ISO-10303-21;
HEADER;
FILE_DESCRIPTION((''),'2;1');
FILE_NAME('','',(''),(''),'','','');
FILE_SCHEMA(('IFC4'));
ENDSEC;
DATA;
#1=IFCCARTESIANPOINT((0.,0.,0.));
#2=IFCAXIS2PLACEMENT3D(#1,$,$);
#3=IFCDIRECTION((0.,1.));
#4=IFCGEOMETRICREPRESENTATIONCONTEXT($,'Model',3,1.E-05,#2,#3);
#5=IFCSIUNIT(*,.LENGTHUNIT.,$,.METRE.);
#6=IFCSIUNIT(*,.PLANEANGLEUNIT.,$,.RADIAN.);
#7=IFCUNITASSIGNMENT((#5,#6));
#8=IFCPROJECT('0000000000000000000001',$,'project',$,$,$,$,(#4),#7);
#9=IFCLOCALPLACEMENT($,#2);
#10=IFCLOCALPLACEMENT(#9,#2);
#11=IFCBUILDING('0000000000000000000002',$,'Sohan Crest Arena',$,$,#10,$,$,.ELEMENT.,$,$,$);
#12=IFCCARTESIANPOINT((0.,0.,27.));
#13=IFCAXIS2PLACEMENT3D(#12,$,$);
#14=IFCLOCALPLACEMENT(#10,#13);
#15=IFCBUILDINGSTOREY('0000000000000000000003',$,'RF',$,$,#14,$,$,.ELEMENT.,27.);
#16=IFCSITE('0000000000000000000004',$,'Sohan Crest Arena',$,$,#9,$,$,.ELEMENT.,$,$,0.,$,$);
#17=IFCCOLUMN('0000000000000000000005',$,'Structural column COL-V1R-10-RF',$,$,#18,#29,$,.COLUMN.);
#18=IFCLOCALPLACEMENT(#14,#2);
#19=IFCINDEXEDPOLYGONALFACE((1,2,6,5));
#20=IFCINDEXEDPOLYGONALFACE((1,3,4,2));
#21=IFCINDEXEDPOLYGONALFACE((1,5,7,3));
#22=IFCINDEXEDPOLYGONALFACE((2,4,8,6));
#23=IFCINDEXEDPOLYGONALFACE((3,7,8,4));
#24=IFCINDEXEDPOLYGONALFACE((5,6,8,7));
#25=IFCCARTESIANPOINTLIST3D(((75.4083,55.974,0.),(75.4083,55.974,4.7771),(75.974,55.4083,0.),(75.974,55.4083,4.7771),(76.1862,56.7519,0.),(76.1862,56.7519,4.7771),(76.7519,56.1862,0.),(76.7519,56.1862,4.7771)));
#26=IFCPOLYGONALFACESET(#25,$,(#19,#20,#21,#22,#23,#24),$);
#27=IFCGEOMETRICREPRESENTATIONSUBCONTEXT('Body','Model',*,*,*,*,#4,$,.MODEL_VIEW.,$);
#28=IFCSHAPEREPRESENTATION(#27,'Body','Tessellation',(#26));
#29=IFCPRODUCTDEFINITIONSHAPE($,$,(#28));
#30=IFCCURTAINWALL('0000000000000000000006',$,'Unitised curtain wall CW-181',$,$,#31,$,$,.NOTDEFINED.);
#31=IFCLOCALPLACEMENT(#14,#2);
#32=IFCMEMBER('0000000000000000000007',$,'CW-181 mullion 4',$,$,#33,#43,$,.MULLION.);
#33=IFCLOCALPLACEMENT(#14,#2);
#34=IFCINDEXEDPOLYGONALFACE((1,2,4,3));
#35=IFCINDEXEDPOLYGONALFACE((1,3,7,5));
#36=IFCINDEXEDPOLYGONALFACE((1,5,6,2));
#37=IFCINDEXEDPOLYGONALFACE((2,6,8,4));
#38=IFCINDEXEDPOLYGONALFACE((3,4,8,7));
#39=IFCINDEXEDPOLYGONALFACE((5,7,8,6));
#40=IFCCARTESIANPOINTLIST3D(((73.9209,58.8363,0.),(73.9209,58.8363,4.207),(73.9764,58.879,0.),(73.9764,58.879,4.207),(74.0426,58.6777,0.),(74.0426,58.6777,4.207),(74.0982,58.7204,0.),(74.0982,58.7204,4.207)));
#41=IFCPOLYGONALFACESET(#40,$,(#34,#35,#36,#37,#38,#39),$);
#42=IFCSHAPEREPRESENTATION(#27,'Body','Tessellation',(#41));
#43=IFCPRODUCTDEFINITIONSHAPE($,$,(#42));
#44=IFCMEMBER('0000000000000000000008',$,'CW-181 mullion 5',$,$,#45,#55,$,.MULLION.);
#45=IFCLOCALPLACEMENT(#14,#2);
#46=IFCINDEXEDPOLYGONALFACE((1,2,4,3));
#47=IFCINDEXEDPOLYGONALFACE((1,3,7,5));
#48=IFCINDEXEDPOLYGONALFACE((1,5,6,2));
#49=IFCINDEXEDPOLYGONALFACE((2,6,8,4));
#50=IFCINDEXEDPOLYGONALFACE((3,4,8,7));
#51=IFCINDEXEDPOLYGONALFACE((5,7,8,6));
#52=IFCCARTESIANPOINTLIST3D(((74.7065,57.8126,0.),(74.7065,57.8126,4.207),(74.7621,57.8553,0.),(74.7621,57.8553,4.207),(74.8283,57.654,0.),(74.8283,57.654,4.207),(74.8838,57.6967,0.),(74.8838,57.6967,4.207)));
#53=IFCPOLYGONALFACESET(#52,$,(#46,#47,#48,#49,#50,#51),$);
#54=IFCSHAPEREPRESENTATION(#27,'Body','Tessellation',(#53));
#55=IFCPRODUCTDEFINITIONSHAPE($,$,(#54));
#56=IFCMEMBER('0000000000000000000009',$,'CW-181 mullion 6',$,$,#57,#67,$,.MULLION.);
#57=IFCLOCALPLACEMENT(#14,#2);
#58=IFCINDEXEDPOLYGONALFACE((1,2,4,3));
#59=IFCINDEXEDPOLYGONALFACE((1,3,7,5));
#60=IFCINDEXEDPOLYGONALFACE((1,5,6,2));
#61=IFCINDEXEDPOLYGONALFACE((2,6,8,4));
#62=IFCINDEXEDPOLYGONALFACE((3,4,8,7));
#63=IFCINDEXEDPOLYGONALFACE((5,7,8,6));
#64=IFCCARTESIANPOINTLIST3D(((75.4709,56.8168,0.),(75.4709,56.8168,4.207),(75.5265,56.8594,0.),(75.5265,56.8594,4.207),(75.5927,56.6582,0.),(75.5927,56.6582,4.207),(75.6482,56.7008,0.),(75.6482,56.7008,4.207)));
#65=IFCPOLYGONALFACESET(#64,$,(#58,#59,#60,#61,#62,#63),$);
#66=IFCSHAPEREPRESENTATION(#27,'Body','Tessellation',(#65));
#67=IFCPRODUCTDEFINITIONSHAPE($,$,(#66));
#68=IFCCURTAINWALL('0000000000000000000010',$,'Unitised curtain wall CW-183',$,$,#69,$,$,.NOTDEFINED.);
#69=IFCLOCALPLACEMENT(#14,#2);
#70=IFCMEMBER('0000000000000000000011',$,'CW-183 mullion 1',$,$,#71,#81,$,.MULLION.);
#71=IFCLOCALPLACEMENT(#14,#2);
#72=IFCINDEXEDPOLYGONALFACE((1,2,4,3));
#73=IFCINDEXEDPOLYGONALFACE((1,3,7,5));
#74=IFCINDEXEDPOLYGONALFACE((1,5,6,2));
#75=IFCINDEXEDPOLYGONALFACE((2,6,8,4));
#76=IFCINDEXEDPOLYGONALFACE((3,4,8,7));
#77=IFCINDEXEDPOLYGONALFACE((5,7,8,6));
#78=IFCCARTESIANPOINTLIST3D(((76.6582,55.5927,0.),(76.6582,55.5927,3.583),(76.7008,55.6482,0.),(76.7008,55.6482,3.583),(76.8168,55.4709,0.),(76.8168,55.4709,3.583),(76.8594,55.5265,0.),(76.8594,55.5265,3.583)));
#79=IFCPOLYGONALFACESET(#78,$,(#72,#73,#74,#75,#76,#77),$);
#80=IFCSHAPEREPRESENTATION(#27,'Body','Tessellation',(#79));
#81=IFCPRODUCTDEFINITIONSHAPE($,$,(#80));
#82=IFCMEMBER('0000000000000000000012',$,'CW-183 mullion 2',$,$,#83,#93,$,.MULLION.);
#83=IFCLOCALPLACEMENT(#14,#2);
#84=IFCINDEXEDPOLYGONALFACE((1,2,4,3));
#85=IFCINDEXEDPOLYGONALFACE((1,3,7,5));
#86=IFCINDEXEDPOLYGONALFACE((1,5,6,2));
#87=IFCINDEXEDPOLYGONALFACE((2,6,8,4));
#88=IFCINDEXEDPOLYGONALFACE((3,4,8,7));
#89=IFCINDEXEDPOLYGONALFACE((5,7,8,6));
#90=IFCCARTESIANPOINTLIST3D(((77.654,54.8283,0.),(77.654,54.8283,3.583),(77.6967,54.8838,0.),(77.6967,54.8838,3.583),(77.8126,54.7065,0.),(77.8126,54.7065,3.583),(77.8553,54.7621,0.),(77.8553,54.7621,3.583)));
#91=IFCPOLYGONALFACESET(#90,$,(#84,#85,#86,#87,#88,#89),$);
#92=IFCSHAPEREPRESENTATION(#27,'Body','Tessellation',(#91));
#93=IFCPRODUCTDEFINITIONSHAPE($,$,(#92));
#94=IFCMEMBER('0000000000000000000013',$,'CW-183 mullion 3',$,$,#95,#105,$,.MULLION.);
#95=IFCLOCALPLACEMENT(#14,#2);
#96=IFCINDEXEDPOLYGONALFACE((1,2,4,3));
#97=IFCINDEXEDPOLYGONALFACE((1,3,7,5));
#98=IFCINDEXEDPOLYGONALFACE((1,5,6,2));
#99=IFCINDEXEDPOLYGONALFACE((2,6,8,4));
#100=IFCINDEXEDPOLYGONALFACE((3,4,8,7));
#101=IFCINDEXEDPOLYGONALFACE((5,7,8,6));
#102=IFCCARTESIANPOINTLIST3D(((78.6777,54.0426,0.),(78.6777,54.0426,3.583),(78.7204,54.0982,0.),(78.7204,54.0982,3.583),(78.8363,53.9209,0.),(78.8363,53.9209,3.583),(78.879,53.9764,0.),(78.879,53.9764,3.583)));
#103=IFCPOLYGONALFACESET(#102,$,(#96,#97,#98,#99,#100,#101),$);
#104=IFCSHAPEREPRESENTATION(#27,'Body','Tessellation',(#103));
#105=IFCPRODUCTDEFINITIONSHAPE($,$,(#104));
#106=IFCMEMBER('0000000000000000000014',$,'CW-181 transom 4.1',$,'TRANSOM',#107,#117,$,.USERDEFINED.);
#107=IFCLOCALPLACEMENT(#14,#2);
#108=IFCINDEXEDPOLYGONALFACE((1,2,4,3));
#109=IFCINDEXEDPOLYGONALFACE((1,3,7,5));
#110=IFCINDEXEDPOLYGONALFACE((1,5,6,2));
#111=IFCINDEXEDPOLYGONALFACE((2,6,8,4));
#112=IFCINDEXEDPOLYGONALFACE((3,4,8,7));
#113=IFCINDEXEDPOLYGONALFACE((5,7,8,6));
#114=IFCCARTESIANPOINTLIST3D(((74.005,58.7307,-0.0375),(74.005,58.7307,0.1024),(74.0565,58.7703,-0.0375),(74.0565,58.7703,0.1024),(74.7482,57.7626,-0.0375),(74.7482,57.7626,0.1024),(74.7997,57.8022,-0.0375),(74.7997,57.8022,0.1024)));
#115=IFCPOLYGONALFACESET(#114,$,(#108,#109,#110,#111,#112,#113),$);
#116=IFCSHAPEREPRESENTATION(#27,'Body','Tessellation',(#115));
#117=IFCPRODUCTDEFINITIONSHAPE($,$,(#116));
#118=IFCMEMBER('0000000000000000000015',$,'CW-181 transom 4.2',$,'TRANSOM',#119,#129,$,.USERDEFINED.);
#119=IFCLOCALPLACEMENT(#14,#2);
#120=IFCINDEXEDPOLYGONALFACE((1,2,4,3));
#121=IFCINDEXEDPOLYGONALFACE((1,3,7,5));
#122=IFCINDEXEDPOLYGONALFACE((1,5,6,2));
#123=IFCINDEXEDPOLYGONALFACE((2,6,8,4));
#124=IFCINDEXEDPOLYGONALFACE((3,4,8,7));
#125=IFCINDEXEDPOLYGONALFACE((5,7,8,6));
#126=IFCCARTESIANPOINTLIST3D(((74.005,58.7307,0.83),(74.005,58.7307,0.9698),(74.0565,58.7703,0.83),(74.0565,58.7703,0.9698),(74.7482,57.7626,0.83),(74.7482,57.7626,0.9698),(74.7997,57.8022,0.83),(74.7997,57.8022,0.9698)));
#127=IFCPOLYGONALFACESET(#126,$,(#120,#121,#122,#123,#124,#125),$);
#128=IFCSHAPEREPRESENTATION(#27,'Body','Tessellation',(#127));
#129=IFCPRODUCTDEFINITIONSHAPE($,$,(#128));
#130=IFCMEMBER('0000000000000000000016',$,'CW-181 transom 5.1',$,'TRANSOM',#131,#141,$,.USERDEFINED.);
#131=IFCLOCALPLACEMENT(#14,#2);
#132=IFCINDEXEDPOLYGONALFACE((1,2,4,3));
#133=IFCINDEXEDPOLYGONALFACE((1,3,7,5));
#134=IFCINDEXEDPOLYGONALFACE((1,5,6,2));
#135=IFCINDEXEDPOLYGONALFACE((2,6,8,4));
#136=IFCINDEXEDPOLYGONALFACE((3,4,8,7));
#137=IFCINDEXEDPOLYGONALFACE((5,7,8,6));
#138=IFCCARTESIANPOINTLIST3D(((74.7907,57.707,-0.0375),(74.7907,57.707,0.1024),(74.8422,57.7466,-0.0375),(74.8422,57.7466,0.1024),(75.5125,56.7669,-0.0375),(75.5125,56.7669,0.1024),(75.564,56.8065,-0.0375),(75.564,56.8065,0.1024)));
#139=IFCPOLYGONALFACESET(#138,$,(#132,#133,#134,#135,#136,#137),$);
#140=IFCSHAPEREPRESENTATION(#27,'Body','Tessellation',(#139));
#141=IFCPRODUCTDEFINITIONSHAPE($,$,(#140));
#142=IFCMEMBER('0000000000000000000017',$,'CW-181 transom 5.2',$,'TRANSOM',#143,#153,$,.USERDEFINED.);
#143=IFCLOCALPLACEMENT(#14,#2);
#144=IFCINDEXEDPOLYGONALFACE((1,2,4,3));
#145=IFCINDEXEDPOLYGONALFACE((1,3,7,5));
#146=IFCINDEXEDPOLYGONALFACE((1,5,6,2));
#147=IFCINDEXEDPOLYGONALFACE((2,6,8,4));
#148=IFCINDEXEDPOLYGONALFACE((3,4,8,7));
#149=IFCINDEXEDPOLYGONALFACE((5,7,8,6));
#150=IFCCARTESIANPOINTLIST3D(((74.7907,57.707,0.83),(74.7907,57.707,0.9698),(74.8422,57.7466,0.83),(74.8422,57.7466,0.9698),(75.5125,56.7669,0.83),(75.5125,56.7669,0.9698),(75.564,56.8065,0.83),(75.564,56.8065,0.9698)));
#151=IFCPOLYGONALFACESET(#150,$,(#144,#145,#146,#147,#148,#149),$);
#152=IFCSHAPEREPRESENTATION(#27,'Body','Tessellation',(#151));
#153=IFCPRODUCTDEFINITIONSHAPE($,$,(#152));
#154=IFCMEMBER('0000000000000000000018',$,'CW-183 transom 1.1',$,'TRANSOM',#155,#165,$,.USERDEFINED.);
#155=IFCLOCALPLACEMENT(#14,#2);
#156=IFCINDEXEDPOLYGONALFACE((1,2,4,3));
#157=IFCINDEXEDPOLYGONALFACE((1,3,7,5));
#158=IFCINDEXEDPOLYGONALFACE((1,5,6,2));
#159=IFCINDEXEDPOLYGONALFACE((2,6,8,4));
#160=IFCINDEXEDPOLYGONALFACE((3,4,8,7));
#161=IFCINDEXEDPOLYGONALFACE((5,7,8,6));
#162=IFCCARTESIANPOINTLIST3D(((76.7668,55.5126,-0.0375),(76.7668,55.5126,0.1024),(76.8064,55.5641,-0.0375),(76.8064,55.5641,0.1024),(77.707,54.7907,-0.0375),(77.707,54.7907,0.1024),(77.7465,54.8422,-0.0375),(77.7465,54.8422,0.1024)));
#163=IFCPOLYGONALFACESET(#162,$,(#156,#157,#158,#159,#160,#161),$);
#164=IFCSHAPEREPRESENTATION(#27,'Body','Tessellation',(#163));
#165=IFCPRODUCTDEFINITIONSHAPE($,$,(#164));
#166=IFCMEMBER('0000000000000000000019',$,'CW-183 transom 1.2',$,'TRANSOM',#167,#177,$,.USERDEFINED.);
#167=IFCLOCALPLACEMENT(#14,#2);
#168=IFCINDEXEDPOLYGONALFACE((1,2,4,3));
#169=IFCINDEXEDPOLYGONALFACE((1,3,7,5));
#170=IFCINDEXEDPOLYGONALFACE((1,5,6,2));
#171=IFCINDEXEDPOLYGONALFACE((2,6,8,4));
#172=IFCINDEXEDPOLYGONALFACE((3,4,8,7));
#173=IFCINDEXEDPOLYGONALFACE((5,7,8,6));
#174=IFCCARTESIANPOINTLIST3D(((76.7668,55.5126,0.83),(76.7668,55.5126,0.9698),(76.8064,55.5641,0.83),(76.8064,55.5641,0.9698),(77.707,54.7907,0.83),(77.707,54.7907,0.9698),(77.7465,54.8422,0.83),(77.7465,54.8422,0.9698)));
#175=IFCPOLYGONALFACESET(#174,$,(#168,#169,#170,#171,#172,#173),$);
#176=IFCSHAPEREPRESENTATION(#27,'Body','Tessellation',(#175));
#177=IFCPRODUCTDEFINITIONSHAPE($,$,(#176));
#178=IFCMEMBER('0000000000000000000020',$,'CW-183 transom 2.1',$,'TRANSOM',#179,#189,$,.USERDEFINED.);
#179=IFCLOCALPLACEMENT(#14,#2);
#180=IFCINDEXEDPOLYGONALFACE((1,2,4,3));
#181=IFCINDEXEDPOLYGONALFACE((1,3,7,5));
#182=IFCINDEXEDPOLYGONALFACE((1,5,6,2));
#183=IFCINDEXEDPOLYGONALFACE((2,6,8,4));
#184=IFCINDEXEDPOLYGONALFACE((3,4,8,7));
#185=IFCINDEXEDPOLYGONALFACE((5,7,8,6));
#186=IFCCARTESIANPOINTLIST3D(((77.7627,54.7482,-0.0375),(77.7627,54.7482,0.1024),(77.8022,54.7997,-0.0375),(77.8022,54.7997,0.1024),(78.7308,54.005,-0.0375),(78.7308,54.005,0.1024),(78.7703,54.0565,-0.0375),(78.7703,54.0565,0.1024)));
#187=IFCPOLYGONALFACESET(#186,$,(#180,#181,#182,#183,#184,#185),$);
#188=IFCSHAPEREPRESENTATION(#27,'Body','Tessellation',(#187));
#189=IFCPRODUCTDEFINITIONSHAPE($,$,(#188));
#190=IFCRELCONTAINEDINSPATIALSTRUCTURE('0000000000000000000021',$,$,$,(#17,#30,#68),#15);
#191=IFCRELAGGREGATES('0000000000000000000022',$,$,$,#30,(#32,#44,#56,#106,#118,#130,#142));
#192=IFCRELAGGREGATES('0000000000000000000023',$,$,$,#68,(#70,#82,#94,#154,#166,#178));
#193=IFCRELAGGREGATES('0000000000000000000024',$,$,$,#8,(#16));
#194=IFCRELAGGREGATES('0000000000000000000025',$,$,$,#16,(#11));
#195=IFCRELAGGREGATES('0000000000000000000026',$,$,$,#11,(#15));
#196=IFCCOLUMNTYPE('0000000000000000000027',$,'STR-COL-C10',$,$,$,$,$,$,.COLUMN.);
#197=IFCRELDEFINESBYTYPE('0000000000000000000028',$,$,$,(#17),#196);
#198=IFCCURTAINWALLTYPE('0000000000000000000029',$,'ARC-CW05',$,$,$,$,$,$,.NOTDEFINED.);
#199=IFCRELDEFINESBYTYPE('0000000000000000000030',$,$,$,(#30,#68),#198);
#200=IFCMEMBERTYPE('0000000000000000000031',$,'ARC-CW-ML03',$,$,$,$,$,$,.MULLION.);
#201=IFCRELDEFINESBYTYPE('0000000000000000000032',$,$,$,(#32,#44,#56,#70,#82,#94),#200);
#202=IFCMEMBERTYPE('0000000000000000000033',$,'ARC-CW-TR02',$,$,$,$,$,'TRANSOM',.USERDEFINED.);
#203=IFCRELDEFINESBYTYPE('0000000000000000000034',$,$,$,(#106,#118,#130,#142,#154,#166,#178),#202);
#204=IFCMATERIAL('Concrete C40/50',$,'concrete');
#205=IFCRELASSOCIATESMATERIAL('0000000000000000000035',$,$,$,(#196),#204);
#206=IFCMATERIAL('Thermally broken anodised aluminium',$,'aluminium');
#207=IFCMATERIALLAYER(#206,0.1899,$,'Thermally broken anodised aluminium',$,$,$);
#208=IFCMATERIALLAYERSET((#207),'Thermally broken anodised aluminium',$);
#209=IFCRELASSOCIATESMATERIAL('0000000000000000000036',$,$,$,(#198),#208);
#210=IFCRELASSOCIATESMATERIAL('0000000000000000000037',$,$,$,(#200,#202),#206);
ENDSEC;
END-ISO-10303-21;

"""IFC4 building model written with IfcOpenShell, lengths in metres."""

from ifc_helpers import new_model, si_unit, direction, frame, origin, origin_2d, place, context, subcontext, project, spatial, rectangle, extrude, material, layer, layer_set, material_profile, profile_set, type_object, element, aggregate, save


model = new_model("IFC4")

# Units and contexts
model_context = context("Model", 3, precision=1e-05, world=origin(), true_north=direction((0.0, 1.0)))
body_context = subcontext(model_context, "Body", "Model", "MODEL_VIEW")
ifc_project = project(units=[si_unit("LENGTHUNIT", "METRE"), si_unit("PLANEANGLEUNIT", "RADIAN")], contexts=[model_context])

# Site, building, storey
site_placement = place(None, origin())
site = spatial("IfcSite", under=ifc_project, at=site_placement, Name="Sohan Crest Arena", CompositionType="ELEMENT", RefElevation=0.0)
building_placement = place(site_placement, origin())
building = spatial("IfcBuilding", under=site, at=building_placement, Name="Sohan Crest Arena", CompositionType="ELEMENT")
storey_placement = place(building_placement, frame((0.0, 0.0, 27.0)))
storey = spatial("IfcBuildingStorey", under=building, at=storey_placement, Name="RF", CompositionType="ELEMENT", Elevation=27.0)

# Column
ifc_material_1 = material(Name="Concrete C40/50", Category="concrete")
ifc_material_profile_1 = material_profile(ifc_material_1, rectangle(XDim=1.1001, YDim=0.8, at=origin_2d()), Name="RC 1100x800")
ifc_profile_set_1 = profile_set([ifc_material_profile_1], Name="Concrete C40/50")
column_type = type_object("IfcColumnType", Name="STR-COL-C10", PredefinedType="COLUMN", material=ifc_profile_set_1)
column_placement = place(storey_placement, frame((76.0801, 56.0801, 0.0), z_axis=(0.0, 0.0, 1.0), x_axis=(0.707107, 0.707107, 0.0)))
element("IfcColumn", 1, at=column_placement, inside=storey, type_object=column_type, Name="Structural column COL-V1R-10-RF", PredefinedType="COLUMN", context=body_context, shape_type="SweptSolid", body=[
    extrude(rectangle(XDim=1.1001, YDim=0.8, at=origin_2d()), origin(), (0.0, 0.0, 1.0), 4.7771),
])

# Curtain walls, members
ifc_material_2 = material(Name="Thermally broken anodised aluminium", Category="aluminium")
ifc_layer_1 = layer(ifc_material_2, 0.1899, Name="Thermally broken anodised aluminium")
ifc_layer_set_1 = layer_set([ifc_layer_1], Name="Thermally broken anodised aluminium")
curtain_wall_type = type_object("IfcCurtainWallType", Name="ARC-CW05", PredefinedType="NOTDEFINED", material=ifc_layer_set_1)
curtain_wall_1_placement = place(storey_placement, origin())
curtain_wall_1 = element("IfcCurtainWall", 2, at=curtain_wall_1_placement, inside=storey, type_object=curtain_wall_type, Name="Unitised curtain wall CW-181", PredefinedType="NOTDEFINED")
ifc_material_profile_2 = material_profile(ifc_material_2, rectangle(XDim=0.0701, YDim=0.2, at=origin_2d()), Name="ALU-MULL 70x200")
ifc_profile_set_2 = profile_set([ifc_material_profile_2], Name="Thermally broken anodised aluminium")
member_type_1 = type_object("IfcMemberType", Name="ARC-CW-ML03", PredefinedType="MULLION", material=ifc_profile_set_2)
member_1_placement = place(storey_placement, frame((74.0095, 58.7783, 0.0), z_axis=(0.0, 0.0, 1.0), x_axis=(0.793217, 0.608939, 0.0)))
member_1 = element("IfcMember", 3, at=member_1_placement, type_object=member_type_1, Name="CW-181 mullion 4", PredefinedType="MULLION", context=body_context, shape_type="SweptSolid", body=[
    extrude(rectangle(XDim=0.0701, YDim=0.2, at=origin_2d()), origin(), (0.0, 0.0, 1.0), 4.207),
])
member_2_placement = place(storey_placement, frame((74.7952, 57.7546, 0.0), z_axis=(0.0, 0.0, 1.0), x_axis=(0.793217, 0.608939, 0.0)))
member_2 = element("IfcMember", 4, at=member_2_placement, type_object=member_type_1, Name="CW-181 mullion 5", PredefinedType="MULLION", context=body_context, shape_type="SweptSolid", body=[
    extrude(rectangle(XDim=0.0701, YDim=0.2, at=origin_2d()), origin(), (0.0, 0.0, 1.0), 4.207),
])
member_3_placement = place(storey_placement, frame((75.5596, 56.7588, 0.0), z_axis=(0.0, 0.0, 1.0), x_axis=(0.793217, 0.608939, 0.0)))
member_3 = element("IfcMember", 5, at=member_3_placement, type_object=member_type_1, Name="CW-181 mullion 6", PredefinedType="MULLION", context=body_context, shape_type="SweptSolid", body=[
    extrude(rectangle(XDim=0.0701, YDim=0.2, at=origin_2d()), origin(), (0.0, 0.0, 1.0), 4.207),
])
curtain_wall_2_placement = place(storey_placement, origin())
curtain_wall_2 = element("IfcCurtainWall", 6, at=curtain_wall_2_placement, inside=storey, type_object=curtain_wall_type, Name="Unitised curtain wall CW-183", PredefinedType="NOTDEFINED")
member_4_placement = place(storey_placement, frame((76.7588, 55.5596, 0.0), z_axis=(0.0, 0.0, 1.0), x_axis=(0.608939, 0.793217, 0.0)))
member_4 = element("IfcMember", 7, at=member_4_placement, type_object=member_type_1, Name="CW-183 mullion 1", PredefinedType="MULLION", context=body_context, shape_type="SweptSolid", body=[
    extrude(rectangle(XDim=0.0701, YDim=0.2, at=origin_2d()), origin(), (0.0, 0.0, 1.0), 3.583),
])
member_5_placement = place(storey_placement, frame((77.7546, 54.7952, 0.0), z_axis=(0.0, 0.0, 1.0), x_axis=(0.608939, 0.793217, 0.0)))
member_5 = element("IfcMember", 8, at=member_5_placement, type_object=member_type_1, Name="CW-183 mullion 2", PredefinedType="MULLION", context=body_context, shape_type="SweptSolid", body=[
    extrude(rectangle(XDim=0.0701, YDim=0.2, at=origin_2d()), origin(), (0.0, 0.0, 1.0), 3.583),
])
member_6_placement = place(storey_placement, frame((78.7783, 54.0095, 0.0), z_axis=(0.0, 0.0, 1.0), x_axis=(0.608939, 0.793217, 0.0)))
member_6 = element("IfcMember", 9, at=member_6_placement, type_object=member_type_1, Name="CW-183 mullion 3", PredefinedType="MULLION", context=body_context, shape_type="SweptSolid", body=[
    extrude(rectangle(XDim=0.0701, YDim=0.2, at=origin_2d()), origin(), (0.0, 0.0, 1.0), 3.583),
])

# Members
ifc_material_profile_3 = material_profile(ifc_material_2, rectangle(XDim=0.0649, YDim=0.1399, at=origin_2d()), Name="ALU-TRAN 65x140")
ifc_profile_set_3 = profile_set([ifc_material_profile_3], Name="Thermally broken anodised aluminium")
member_type_2 = type_object("IfcMemberType", Name="ARC-CW-TR02", ElementType="TRANSOM", PredefinedType="USERDEFINED", material=ifc_profile_set_3)
member_7_placement = place(storey_placement, frame((74.0308, 58.7505, 0.0325), z_axis=(0.608956, -0.793204, 0.0), x_axis=(0.793204, 0.608956, 0.0)))
member_7 = element("IfcMember", 10, at=member_7_placement, type_object=member_type_2, Name="CW-181 transom 4.1", ObjectType="TRANSOM", PredefinedType="USERDEFINED", context=body_context, shape_type="SweptSolid", body=[
    extrude(rectangle(XDim=0.0649, YDim=0.1399, at=origin_2d()), origin(), (0.0, 0.0, 1.0), 1.2205),
])
member_8_placement = place(storey_placement, frame((74.0308, 58.7505, 0.8999), z_axis=(0.608956, -0.793204, 0.0), x_axis=(0.793204, 0.608956, 0.0)))
member_8 = element("IfcMember", 11, at=member_8_placement, type_object=member_type_2, Name="CW-181 transom 4.2", ObjectType="TRANSOM", PredefinedType="USERDEFINED", context=body_context, shape_type="SweptSolid", body=[
    extrude(rectangle(XDim=0.0649, YDim=0.1399, at=origin_2d()), origin(), (0.0, 0.0, 1.0), 1.2205),
])
member_9_placement = place(storey_placement, frame((74.8164, 57.7268, 0.0325), z_axis=(0.609024, -0.793152, 0.0), x_axis=(0.793152, 0.609024, 0.0)))
member_9 = element("IfcMember", 12, at=member_9_placement, type_object=member_type_2, Name="CW-181 transom 5.1", ObjectType="TRANSOM", PredefinedType="USERDEFINED", context=body_context, shape_type="SweptSolid", body=[
    extrude(rectangle(XDim=0.0649, YDim=0.1399, at=origin_2d()), origin(), (0.0, 0.0, 1.0), 1.1853),
])
member_10_placement = place(storey_placement, frame((74.8164, 57.7268, 0.8999), z_axis=(0.609024, -0.793152, 0.0), x_axis=(0.793152, 0.609024, 0.0)))
member_10 = element("IfcMember", 13, at=member_10_placement, type_object=member_type_2, Name="CW-181 transom 5.2", ObjectType="TRANSOM", PredefinedType="USERDEFINED", context=body_context, shape_type="SweptSolid", body=[
    extrude(rectangle(XDim=0.0649, YDim=0.1399, at=origin_2d()), origin(), (0.0, 0.0, 1.0), 1.1853),
])
member_11_placement = place(storey_placement, frame((76.7866, 55.5383, 0.0325), z_axis=(0.793152, -0.609024, 0.0), x_axis=(0.609024, 0.793152, 0.0)))
member_11 = element("IfcMember", 14, at=member_11_placement, type_object=member_type_2, Name="CW-183 transom 1.1", ObjectType="TRANSOM", PredefinedType="USERDEFINED", context=body_context, shape_type="SweptSolid", body=[
    extrude(rectangle(XDim=0.0649, YDim=0.1399, at=origin_2d()), origin(), (0.0, 0.0, 1.0), 1.1853),
])
member_12_placement = place(storey_placement, frame((76.7866, 55.5383, 0.8999), z_axis=(0.793152, -0.609024, 0.0), x_axis=(0.609024, 0.793152, 0.0)))
member_12 = element("IfcMember", 15, at=member_12_placement, type_object=member_type_2, Name="CW-183 transom 1.2", ObjectType="TRANSOM", PredefinedType="USERDEFINED", context=body_context, shape_type="SweptSolid", body=[
    extrude(rectangle(XDim=0.0649, YDim=0.1399, at=origin_2d()), origin(), (0.0, 0.0, 1.0), 1.1853),
])
member_13_placement = place(storey_placement, frame((77.7825, 54.7739, 0.0325), z_axis=(0.793204, -0.608956, 0.0), x_axis=(0.608956, 0.793204, 0.0)))
member_13 = element("IfcMember", 16, at=member_13_placement, type_object=member_type_2, Name="CW-183 transom 2.1", ObjectType="TRANSOM", PredefinedType="USERDEFINED", context=body_context, shape_type="SweptSolid", body=[
    extrude(rectangle(XDim=0.0649, YDim=0.1399, at=origin_2d()), origin(), (0.0, 0.0, 1.0), 1.2205),
])

aggregate(curtain_wall_1, [member_1, member_2, member_3, member_7, member_8, member_9, member_10])
aggregate(curtain_wall_2, [member_4, member_5, member_6, member_11, member_12, member_13])

save(model, "model.ifc")
